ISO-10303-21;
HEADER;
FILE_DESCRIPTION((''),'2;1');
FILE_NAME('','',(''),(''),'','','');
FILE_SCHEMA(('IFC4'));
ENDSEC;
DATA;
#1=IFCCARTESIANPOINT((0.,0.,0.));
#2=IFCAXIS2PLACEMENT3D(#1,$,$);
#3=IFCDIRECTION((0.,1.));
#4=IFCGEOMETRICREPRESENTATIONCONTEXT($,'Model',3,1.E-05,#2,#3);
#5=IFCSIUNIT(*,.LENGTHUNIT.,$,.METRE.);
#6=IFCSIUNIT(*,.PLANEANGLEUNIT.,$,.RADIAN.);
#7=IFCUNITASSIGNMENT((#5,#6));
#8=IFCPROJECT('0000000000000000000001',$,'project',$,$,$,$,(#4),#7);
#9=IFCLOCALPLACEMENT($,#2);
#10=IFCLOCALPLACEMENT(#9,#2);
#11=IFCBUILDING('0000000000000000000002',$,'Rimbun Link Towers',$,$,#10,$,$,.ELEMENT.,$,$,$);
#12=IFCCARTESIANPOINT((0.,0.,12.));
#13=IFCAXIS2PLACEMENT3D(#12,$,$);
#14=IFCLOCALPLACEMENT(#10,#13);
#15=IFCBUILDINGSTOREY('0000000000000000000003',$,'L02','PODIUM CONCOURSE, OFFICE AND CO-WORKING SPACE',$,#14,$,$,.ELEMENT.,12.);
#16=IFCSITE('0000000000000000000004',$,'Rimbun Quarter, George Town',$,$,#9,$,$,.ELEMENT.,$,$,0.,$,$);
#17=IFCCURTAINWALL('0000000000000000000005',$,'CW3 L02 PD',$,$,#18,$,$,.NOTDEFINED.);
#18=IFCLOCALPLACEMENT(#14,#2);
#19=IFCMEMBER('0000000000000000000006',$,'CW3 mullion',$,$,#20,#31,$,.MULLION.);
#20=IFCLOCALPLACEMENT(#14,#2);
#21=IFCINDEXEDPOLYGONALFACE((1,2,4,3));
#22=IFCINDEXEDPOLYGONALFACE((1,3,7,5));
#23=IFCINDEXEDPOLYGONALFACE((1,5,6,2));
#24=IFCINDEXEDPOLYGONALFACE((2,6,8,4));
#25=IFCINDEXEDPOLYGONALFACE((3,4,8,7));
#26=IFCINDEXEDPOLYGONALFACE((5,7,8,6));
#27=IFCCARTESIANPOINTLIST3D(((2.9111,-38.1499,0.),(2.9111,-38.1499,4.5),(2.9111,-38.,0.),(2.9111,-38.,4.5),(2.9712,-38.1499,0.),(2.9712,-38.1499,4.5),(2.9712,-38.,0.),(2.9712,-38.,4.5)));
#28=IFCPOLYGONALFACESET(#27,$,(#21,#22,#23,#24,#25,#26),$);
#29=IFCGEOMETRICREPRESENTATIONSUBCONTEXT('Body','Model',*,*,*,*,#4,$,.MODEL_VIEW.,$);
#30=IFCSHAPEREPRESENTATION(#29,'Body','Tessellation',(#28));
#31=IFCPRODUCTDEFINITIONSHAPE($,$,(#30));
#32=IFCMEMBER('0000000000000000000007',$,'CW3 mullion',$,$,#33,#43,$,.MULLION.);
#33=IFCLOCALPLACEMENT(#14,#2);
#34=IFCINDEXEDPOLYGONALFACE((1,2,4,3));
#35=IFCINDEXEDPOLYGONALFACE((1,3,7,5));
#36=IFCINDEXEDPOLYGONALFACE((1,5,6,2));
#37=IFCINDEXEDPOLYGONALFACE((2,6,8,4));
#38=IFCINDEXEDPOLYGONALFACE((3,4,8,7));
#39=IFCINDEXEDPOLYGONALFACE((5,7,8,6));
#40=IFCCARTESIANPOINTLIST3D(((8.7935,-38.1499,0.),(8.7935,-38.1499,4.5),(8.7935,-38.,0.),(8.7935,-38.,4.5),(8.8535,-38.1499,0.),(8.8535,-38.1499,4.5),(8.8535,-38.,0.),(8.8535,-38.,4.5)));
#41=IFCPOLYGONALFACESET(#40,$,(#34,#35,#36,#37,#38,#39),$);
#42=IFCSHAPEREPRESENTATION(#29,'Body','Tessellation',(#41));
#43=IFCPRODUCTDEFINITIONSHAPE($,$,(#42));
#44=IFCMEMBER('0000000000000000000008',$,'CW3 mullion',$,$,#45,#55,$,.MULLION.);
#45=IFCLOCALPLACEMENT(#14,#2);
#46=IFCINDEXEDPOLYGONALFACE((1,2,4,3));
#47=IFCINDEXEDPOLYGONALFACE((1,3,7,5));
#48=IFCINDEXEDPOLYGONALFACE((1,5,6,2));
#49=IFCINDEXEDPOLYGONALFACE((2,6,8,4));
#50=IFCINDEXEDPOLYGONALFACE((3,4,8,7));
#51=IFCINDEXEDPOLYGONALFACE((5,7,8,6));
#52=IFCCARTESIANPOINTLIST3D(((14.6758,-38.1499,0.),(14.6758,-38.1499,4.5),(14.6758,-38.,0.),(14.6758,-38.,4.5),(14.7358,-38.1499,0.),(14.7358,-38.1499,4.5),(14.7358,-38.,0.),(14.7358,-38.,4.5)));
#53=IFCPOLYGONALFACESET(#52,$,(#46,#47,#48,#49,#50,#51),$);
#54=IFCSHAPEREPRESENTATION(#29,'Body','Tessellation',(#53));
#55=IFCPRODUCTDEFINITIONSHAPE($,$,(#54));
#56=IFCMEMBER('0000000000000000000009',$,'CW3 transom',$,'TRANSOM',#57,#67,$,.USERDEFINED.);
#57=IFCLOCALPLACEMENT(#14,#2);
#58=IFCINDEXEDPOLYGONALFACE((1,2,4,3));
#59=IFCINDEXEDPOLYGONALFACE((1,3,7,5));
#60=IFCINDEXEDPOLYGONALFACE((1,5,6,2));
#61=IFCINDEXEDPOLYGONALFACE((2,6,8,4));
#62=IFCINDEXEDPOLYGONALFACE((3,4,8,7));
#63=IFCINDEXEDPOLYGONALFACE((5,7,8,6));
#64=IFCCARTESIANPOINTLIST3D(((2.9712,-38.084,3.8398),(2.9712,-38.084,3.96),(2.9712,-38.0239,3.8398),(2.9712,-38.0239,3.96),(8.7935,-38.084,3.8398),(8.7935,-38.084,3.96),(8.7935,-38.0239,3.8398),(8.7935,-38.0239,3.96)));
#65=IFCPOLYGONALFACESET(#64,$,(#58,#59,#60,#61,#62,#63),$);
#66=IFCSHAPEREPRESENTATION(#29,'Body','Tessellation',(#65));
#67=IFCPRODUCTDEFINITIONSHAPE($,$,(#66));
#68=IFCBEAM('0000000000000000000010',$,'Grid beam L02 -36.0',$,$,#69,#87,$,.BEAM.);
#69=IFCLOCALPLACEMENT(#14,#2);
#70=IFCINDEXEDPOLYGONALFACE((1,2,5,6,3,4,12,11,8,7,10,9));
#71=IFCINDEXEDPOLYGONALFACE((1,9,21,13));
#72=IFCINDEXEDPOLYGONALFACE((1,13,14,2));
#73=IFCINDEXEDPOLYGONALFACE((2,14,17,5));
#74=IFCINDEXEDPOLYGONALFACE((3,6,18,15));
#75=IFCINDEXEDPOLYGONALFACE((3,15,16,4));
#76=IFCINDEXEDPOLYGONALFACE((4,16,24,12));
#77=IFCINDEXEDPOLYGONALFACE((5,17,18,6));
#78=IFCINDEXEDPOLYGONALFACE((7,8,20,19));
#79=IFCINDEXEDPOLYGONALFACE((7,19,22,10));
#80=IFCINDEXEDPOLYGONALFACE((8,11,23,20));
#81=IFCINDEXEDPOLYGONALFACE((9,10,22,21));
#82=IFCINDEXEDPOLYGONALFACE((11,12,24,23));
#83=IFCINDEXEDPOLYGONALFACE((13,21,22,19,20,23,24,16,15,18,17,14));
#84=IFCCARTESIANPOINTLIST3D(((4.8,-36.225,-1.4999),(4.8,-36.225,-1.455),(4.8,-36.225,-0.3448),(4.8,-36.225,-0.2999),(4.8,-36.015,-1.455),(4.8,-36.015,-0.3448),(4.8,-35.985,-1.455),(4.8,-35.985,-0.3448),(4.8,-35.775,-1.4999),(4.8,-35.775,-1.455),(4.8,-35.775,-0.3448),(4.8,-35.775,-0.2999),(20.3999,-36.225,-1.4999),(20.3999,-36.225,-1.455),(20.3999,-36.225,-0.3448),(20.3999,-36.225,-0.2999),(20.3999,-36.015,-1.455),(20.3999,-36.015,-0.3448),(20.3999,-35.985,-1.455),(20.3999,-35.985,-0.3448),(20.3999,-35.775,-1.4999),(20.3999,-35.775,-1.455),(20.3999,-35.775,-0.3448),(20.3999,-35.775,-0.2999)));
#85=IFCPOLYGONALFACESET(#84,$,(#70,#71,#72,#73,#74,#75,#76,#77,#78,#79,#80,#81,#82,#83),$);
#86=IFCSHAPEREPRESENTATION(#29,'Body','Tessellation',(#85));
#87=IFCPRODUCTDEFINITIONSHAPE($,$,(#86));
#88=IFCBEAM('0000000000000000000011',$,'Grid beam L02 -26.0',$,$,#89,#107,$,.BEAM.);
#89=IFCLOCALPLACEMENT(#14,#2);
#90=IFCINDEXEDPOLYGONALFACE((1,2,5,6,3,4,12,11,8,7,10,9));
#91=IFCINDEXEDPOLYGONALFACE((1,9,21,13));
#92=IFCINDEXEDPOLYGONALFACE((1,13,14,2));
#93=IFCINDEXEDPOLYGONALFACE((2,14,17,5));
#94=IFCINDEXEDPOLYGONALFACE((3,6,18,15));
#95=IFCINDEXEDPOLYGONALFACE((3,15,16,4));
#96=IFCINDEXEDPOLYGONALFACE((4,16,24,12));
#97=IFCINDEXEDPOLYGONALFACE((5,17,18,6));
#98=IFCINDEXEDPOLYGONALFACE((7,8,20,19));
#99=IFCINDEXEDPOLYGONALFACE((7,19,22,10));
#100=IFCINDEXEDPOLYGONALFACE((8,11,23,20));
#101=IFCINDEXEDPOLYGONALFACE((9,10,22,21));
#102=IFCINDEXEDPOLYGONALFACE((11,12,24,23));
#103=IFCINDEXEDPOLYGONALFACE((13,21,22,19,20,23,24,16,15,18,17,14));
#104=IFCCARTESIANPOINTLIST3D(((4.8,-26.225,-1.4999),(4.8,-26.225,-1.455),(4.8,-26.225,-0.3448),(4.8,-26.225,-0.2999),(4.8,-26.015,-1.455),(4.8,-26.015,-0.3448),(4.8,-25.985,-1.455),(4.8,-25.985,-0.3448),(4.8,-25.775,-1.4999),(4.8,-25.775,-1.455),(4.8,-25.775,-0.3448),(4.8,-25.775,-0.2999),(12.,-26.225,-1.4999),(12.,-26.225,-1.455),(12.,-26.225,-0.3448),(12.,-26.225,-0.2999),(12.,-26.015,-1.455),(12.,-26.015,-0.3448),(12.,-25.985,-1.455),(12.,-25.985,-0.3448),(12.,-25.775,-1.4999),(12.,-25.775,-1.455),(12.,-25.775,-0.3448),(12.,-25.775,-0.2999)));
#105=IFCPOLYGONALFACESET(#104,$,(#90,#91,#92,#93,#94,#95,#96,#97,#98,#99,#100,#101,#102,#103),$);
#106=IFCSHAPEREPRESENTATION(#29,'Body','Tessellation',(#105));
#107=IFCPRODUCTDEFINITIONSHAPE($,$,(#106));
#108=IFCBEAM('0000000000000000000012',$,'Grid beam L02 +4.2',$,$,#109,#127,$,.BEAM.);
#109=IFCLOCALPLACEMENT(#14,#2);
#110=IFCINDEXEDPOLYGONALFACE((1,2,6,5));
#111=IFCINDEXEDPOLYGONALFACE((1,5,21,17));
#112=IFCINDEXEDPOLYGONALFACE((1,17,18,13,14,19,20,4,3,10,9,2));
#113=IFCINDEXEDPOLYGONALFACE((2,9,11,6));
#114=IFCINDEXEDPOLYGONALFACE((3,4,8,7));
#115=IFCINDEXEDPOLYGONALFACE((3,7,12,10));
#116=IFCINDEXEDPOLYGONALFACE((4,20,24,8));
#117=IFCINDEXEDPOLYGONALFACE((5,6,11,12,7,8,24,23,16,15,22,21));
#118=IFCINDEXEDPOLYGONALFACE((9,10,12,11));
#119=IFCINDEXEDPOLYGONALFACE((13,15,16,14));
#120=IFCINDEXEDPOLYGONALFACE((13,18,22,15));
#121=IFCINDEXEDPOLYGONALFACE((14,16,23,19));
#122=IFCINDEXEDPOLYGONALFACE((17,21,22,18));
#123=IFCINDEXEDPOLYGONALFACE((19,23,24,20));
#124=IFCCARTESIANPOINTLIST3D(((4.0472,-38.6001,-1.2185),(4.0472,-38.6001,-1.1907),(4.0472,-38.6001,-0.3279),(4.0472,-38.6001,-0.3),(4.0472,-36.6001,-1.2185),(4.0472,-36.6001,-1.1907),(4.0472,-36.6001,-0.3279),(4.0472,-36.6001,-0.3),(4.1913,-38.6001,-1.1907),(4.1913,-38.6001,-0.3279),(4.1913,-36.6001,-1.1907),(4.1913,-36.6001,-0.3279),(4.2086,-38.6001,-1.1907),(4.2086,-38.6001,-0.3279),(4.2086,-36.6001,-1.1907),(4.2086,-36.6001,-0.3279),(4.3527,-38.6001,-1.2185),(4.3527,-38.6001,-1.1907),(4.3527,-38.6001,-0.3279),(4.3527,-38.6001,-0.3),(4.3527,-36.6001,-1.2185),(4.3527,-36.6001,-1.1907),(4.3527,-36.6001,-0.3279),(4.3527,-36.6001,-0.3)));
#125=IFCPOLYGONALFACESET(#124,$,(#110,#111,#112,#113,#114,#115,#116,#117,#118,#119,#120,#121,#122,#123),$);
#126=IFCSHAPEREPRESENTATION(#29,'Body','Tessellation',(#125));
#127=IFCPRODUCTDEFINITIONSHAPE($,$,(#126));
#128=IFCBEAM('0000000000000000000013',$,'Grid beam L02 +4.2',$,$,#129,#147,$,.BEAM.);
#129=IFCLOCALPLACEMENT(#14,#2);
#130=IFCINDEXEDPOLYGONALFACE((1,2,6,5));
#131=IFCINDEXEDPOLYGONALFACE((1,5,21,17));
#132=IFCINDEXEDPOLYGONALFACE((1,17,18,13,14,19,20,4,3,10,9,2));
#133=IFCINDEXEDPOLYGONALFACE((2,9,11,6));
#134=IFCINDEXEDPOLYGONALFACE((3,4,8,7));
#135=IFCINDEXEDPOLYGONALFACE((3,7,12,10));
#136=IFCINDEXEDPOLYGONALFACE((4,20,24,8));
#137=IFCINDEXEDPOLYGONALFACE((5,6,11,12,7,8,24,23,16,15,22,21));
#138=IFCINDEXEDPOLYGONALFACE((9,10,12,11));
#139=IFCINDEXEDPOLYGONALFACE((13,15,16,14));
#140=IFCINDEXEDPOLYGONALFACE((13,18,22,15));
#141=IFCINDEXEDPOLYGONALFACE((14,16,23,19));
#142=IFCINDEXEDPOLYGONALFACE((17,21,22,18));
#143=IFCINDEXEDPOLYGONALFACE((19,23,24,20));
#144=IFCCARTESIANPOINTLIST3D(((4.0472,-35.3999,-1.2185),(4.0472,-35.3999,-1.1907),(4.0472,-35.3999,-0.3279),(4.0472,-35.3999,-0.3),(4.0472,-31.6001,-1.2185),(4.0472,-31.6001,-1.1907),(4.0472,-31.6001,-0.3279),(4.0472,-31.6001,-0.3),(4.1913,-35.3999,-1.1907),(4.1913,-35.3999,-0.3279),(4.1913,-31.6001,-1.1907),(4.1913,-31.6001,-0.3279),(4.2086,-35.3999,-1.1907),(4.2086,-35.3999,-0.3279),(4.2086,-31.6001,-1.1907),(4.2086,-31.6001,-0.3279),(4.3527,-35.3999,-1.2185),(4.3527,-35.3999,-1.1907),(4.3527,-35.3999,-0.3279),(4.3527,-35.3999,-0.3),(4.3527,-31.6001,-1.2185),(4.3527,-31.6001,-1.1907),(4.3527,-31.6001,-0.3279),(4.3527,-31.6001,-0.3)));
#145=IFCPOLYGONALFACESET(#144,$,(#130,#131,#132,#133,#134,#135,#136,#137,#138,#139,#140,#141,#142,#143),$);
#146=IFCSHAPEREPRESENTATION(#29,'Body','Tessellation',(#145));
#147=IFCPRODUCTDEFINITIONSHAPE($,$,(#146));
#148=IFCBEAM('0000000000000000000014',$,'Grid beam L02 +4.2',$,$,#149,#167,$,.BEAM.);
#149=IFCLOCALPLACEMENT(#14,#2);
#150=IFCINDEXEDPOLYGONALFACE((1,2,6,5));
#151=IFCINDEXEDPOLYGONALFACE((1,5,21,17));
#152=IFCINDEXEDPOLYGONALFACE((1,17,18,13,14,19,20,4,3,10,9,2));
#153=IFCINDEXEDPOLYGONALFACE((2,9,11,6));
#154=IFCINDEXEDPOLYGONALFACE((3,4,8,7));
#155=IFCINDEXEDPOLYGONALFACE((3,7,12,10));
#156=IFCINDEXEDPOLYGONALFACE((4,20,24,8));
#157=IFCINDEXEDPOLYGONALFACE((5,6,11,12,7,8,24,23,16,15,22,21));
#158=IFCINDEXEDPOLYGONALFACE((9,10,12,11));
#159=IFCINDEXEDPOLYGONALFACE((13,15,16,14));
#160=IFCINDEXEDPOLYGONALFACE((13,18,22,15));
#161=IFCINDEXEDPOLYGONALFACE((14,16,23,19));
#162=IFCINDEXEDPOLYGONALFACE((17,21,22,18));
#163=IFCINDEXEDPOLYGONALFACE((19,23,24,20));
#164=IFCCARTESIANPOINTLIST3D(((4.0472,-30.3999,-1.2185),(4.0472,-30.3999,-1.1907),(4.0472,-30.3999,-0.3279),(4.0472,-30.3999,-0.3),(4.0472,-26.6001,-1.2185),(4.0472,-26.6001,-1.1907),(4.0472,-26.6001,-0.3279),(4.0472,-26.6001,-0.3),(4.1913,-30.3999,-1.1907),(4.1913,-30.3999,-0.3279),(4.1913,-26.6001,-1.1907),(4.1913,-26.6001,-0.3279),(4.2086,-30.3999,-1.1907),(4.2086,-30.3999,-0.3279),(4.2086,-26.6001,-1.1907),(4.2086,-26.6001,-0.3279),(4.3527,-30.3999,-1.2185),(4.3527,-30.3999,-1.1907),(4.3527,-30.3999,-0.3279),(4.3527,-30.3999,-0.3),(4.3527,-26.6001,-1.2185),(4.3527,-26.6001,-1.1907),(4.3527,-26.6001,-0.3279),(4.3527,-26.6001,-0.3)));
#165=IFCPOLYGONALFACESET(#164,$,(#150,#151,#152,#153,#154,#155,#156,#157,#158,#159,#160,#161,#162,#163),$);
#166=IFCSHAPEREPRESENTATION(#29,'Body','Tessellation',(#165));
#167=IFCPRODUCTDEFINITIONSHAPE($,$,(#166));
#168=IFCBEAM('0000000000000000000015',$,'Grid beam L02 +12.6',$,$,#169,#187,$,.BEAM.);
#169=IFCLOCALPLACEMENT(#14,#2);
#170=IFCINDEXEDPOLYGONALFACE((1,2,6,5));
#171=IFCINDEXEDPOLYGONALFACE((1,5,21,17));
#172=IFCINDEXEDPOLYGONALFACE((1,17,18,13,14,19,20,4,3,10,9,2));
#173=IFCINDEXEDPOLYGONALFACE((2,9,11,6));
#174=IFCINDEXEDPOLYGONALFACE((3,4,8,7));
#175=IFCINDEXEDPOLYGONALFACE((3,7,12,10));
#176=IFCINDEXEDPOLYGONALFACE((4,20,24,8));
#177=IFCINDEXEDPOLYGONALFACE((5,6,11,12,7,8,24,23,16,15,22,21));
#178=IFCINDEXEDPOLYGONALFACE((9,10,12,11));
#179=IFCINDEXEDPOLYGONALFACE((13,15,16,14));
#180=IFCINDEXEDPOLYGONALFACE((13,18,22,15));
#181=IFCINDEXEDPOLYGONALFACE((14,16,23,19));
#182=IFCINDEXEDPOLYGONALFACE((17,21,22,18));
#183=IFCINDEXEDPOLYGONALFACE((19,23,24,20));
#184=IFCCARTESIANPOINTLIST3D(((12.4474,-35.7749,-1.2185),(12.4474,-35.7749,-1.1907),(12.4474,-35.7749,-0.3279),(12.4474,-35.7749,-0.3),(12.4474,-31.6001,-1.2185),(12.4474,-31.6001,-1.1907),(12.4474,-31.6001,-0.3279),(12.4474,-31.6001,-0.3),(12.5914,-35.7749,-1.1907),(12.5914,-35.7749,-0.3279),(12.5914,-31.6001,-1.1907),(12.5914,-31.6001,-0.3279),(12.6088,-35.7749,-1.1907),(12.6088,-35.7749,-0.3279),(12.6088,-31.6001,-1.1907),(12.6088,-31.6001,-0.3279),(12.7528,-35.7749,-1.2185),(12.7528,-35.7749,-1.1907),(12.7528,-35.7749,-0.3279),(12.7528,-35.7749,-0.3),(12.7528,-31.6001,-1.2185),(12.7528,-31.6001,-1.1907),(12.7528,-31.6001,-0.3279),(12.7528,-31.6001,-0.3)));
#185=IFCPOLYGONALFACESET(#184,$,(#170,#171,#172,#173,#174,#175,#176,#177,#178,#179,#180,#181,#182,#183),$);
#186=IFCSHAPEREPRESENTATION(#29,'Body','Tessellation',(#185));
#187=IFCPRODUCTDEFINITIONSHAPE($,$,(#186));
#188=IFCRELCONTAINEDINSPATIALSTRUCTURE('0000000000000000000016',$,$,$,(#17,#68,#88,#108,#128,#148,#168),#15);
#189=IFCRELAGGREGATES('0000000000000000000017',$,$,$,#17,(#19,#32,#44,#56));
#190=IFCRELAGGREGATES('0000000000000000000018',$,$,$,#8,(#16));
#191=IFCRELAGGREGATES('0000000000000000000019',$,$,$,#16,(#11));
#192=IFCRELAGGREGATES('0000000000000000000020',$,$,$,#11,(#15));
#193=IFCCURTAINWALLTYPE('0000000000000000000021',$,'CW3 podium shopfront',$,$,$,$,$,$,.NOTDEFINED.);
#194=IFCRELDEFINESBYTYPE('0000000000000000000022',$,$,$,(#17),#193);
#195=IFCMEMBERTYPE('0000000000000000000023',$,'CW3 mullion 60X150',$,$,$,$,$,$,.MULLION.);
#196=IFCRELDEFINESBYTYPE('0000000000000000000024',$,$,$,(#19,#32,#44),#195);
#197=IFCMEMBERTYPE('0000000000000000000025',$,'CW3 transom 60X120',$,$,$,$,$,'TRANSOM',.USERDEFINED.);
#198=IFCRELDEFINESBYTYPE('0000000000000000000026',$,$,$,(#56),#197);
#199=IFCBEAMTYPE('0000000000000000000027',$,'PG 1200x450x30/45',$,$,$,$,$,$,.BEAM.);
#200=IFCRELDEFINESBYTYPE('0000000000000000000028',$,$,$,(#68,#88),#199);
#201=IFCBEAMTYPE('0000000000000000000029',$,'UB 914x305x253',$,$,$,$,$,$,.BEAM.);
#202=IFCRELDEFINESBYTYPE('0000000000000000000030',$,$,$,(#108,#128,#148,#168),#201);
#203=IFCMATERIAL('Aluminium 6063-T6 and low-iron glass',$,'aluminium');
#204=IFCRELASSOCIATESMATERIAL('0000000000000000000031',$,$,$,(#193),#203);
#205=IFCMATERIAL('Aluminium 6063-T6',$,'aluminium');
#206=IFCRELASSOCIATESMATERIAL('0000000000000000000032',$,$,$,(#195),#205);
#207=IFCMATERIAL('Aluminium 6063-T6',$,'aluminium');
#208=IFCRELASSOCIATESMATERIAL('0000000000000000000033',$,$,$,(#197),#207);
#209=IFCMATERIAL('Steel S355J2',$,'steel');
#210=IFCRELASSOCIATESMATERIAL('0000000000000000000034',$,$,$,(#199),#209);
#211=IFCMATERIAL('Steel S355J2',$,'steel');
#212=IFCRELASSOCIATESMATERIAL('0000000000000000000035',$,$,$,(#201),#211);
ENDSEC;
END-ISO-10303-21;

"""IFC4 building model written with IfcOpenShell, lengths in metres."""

from ifc_helpers import new_model, si_unit, direction, frame, origin, origin_2d, place, context, subcontext, project, spatial, rectangle, i_section, extrude, material, material_profile, profile_set, type_object, element, aggregate, save


model = new_model("IFC4")

# Units and contexts
model_context = context("Model", 3, precision=1e-05, world=origin(), true_north=direction((0.0, 1.0)))
body_context = subcontext(model_context, "Body", "Model", "MODEL_VIEW")
ifc_project = project(units=[si_unit("LENGTHUNIT", "METRE"), si_unit("PLANEANGLEUNIT", "RADIAN")], contexts=[model_context])

# Site, building, storey
site_placement = place(None, origin())
site = spatial("IfcSite", under=ifc_project, at=site_placement, Name="Rimbun Quarter, George Town", CompositionType="ELEMENT", RefElevation=0.0)
building_placement = place(site_placement, origin())
building = spatial("IfcBuilding", under=site, at=building_placement, Name="Rimbun Link Towers", CompositionType="ELEMENT")
storey_placement = place(building_placement, frame((0.0, 0.0, 12.0)))
storey = spatial("IfcBuildingStorey", under=building, at=storey_placement, Name="L02", Description="PODIUM CONCOURSE, OFFICE AND CO-WORKING SPACE", CompositionType="ELEMENT", Elevation=12.0)

# Curtain wall, members
ifc_material_1 = material(Name="Aluminium 6063-T6 and low-iron glass", Category="aluminium")
curtain_wall_type = type_object("IfcCurtainWallType", Name="CW3 podium shopfront", PredefinedType="NOTDEFINED", material=ifc_material_1)
curtain_wall_placement = place(storey_placement, origin())
curtain_wall = element("IfcCurtainWall", 1, at=curtain_wall_placement, inside=storey, type_object=curtain_wall_type, Name="CW3 L02 PD", PredefinedType="NOTDEFINED")
ifc_material_2 = material(Name="Aluminium 6063-T6", Category="aluminium")
ifc_material_profile_1 = material_profile(ifc_material_2, rectangle(XDim=0.1499, YDim=0.0601, at=origin_2d()), Name="MULLION 60X150")
ifc_profile_set_1 = profile_set([ifc_material_profile_1], Name="Aluminium 6063-T6")
member_type_1 = type_object("IfcMemberType", Name="CW3 mullion 60X150", PredefinedType="MULLION", material=ifc_profile_set_1)
member_1_placement = place(storey_placement, frame((2.9412, -38.075, 0.0), z_axis=(0.0, 0.0, 1.0), x_axis=(0.0, -1.0, 0.0)))
member_1 = element("IfcMember", 2, at=member_1_placement, type_object=member_type_1, Name="CW3 mullion", PredefinedType="MULLION", context=body_context, shape_type="SweptSolid", body=[
    extrude(rectangle(XDim=0.1499, YDim=0.0601, at=origin_2d()), origin(), (0.0, 0.0, 1.0), 4.5),
])
member_2_placement = place(storey_placement, frame((8.8235, -38.075, 0.0), z_axis=(0.0, 0.0, 1.0), x_axis=(0.0, -1.0, 0.0)))
member_2 = element("IfcMember", 3, at=member_2_placement, type_object=member_type_1, Name="CW3 mullion", PredefinedType="MULLION", context=body_context, shape_type="SweptSolid", body=[
    extrude(rectangle(XDim=0.1499, YDim=0.0601, at=origin_2d()), origin(), (0.0, 0.0, 1.0), 4.5),
])
member_3_placement = place(storey_placement, frame((14.7058, -38.075, 0.0), z_axis=(0.0, 0.0, 1.0), x_axis=(0.0, -1.0, 0.0)))
member_3 = element("IfcMember", 4, at=member_3_placement, type_object=member_type_1, Name="CW3 mullion", PredefinedType="MULLION", context=body_context, shape_type="SweptSolid", body=[
    extrude(rectangle(XDim=0.1499, YDim=0.0601, at=origin_2d()), origin(), (0.0, 0.0, 1.0), 4.5),
])
ifc_material_3 = material(Name="Aluminium 6063-T6", Category="aluminium")
ifc_material_profile_2 = material_profile(ifc_material_3, rectangle(XDim=0.0601, YDim=0.1201, at=origin_2d()), Name="TRANSOM 60X120")
ifc_profile_set_2 = profile_set([ifc_material_profile_2], Name="Aluminium 6063-T6")
member_type_2 = type_object("IfcMemberType", Name="CW3 transom 60X120", ElementType="TRANSOM", PredefinedType="USERDEFINED", material=ifc_profile_set_2)
member_4_placement = place(storey_placement, frame((8.7935, -38.054, 3.8999), z_axis=(-1.0, 0.0, 0.0), x_axis=(0.0, -1.0, 0.0)))
member_4 = element("IfcMember", 5, at=member_4_placement, type_object=member_type_2, Name="CW3 transom", ObjectType="TRANSOM", PredefinedType="USERDEFINED", context=body_context, shape_type="SweptSolid", body=[
    extrude(rectangle(XDim=0.0601, YDim=0.1201, at=origin_2d()), origin(), (0.0, 0.0, 1.0), 5.8223),
])

# Beams
ifc_material_4 = material(Name="Steel S355J2", Category="steel")
ifc_material_profile_3 = material_profile(ifc_material_4, i_section(OverallWidth=0.45, OverallDepth=1.2, WebThickness=0.03, FlangeThickness=0.0449, at=origin_2d()), Name="PG 1200x450x30/45")
ifc_profile_set_3 = profile_set([ifc_material_profile_3], Name="Steel S355J2")
beam_type_1 = type_object("IfcBeamType", Name="PG 1200x450x30/45", PredefinedType="BEAM", material=ifc_profile_set_3)
beam_1_placement = place(storey_placement, frame((4.8, -36.0, -0.8999), z_axis=(1.0, 0.0, 0.0), x_axis=(0.0, 1.0, 0.0)))
element("IfcBeam", 6, at=beam_1_placement, inside=storey, type_object=beam_type_1, Name="Grid beam L02 -36.0", PredefinedType="BEAM", context=body_context, shape_type="SweptSolid", body=[
    extrude(i_section(OverallWidth=0.45, OverallDepth=1.2, WebThickness=0.03, FlangeThickness=0.0449, at=origin_2d()), origin(), (0.0, 0.0, 1.0), 15.5999),
])
beam_2_placement = place(storey_placement, frame((4.8, -26.0, -0.8999), z_axis=(1.0, 0.0, 0.0), x_axis=(0.0, 1.0, 0.0)))
element("IfcBeam", 7, at=beam_2_placement, inside=storey, type_object=beam_type_1, Name="Grid beam L02 -26.0", PredefinedType="BEAM", context=body_context, shape_type="SweptSolid", body=[
    extrude(i_section(OverallWidth=0.45, OverallDepth=1.2, WebThickness=0.03, FlangeThickness=0.0449, at=origin_2d()), origin(), (0.0, 0.0, 1.0), 7.2),
])
ifc_material_5 = material(Name="Steel S355J2", Category="steel")
ifc_material_profile_4 = material_profile(ifc_material_5, i_section(OverallWidth=0.3054, OverallDepth=0.9185, WebThickness=0.0173, FlangeThickness=0.0278, at=origin_2d()), Name="UB 914x305x253")
ifc_profile_set_4 = profile_set([ifc_material_profile_4], Name="Steel S355J2")
beam_type_2 = type_object("IfcBeamType", Name="UB 914x305x253", PredefinedType="BEAM", material=ifc_profile_set_4)
beam_3_placement = place(storey_placement, frame((4.2, -38.6001, -0.7593), z_axis=(0.0, 1.0, 0.0), x_axis=(-1.0, 0.0, 0.0)))
element("IfcBeam", 8, at=beam_3_placement, inside=storey, type_object=beam_type_2, Name="Grid beam L02 +4.2", PredefinedType="BEAM", context=body_context, shape_type="SweptSolid", body=[
    extrude(i_section(OverallWidth=0.3054, OverallDepth=0.9185, WebThickness=0.0173, FlangeThickness=0.0278, at=origin_2d()), origin(), (0.0, 0.0, 1.0), 2.0),
])
for number, where, z_axis, x_axis, name in (
    (9, (4.2, -35.3999, -0.7593), (0.0, 1.0, 0.0), (-1.0, 0.0, 0.0), "Grid beam L02 +4.2"),
    (10, (4.2, -30.3999, -0.7593), (0.0, 1.0, 0.0), (-1.0, 0.0, 0.0), "Grid beam L02 +4.2"),
):
    element("IfcBeam", number, at=place(storey_placement, frame(where, z_axis=z_axis, x_axis=x_axis)), inside=storey, type_object=beam_type_2, Name=name, PredefinedType="BEAM", context=body_context, shape_type="SweptSolid", body=[
        extrude(i_section(OverallWidth=0.3054, OverallDepth=0.9185, WebThickness=0.0173, FlangeThickness=0.0278, at=origin_2d()), origin(), (0.0, 0.0, 1.0), 3.7998),
    ])
beam_4_placement = place(storey_placement, frame((12.6001, -35.7749, -0.7593), z_axis=(0.0, 1.0, 0.0), x_axis=(-1.0, 0.0, 0.0)))
element("IfcBeam", 11, at=beam_4_placement, inside=storey, type_object=beam_type_2, Name="Grid beam L02 +12.6", PredefinedType="BEAM", context=body_context, shape_type="SweptSolid", body=[
    extrude(i_section(OverallWidth=0.3054, OverallDepth=0.9185, WebThickness=0.0173, FlangeThickness=0.0278, at=origin_2d()), origin(), (0.0, 0.0, 1.0), 4.1748),
])

aggregate(curtain_wall, [member_1, member_2, member_3, member_4])

save(model, "model.ifc")
